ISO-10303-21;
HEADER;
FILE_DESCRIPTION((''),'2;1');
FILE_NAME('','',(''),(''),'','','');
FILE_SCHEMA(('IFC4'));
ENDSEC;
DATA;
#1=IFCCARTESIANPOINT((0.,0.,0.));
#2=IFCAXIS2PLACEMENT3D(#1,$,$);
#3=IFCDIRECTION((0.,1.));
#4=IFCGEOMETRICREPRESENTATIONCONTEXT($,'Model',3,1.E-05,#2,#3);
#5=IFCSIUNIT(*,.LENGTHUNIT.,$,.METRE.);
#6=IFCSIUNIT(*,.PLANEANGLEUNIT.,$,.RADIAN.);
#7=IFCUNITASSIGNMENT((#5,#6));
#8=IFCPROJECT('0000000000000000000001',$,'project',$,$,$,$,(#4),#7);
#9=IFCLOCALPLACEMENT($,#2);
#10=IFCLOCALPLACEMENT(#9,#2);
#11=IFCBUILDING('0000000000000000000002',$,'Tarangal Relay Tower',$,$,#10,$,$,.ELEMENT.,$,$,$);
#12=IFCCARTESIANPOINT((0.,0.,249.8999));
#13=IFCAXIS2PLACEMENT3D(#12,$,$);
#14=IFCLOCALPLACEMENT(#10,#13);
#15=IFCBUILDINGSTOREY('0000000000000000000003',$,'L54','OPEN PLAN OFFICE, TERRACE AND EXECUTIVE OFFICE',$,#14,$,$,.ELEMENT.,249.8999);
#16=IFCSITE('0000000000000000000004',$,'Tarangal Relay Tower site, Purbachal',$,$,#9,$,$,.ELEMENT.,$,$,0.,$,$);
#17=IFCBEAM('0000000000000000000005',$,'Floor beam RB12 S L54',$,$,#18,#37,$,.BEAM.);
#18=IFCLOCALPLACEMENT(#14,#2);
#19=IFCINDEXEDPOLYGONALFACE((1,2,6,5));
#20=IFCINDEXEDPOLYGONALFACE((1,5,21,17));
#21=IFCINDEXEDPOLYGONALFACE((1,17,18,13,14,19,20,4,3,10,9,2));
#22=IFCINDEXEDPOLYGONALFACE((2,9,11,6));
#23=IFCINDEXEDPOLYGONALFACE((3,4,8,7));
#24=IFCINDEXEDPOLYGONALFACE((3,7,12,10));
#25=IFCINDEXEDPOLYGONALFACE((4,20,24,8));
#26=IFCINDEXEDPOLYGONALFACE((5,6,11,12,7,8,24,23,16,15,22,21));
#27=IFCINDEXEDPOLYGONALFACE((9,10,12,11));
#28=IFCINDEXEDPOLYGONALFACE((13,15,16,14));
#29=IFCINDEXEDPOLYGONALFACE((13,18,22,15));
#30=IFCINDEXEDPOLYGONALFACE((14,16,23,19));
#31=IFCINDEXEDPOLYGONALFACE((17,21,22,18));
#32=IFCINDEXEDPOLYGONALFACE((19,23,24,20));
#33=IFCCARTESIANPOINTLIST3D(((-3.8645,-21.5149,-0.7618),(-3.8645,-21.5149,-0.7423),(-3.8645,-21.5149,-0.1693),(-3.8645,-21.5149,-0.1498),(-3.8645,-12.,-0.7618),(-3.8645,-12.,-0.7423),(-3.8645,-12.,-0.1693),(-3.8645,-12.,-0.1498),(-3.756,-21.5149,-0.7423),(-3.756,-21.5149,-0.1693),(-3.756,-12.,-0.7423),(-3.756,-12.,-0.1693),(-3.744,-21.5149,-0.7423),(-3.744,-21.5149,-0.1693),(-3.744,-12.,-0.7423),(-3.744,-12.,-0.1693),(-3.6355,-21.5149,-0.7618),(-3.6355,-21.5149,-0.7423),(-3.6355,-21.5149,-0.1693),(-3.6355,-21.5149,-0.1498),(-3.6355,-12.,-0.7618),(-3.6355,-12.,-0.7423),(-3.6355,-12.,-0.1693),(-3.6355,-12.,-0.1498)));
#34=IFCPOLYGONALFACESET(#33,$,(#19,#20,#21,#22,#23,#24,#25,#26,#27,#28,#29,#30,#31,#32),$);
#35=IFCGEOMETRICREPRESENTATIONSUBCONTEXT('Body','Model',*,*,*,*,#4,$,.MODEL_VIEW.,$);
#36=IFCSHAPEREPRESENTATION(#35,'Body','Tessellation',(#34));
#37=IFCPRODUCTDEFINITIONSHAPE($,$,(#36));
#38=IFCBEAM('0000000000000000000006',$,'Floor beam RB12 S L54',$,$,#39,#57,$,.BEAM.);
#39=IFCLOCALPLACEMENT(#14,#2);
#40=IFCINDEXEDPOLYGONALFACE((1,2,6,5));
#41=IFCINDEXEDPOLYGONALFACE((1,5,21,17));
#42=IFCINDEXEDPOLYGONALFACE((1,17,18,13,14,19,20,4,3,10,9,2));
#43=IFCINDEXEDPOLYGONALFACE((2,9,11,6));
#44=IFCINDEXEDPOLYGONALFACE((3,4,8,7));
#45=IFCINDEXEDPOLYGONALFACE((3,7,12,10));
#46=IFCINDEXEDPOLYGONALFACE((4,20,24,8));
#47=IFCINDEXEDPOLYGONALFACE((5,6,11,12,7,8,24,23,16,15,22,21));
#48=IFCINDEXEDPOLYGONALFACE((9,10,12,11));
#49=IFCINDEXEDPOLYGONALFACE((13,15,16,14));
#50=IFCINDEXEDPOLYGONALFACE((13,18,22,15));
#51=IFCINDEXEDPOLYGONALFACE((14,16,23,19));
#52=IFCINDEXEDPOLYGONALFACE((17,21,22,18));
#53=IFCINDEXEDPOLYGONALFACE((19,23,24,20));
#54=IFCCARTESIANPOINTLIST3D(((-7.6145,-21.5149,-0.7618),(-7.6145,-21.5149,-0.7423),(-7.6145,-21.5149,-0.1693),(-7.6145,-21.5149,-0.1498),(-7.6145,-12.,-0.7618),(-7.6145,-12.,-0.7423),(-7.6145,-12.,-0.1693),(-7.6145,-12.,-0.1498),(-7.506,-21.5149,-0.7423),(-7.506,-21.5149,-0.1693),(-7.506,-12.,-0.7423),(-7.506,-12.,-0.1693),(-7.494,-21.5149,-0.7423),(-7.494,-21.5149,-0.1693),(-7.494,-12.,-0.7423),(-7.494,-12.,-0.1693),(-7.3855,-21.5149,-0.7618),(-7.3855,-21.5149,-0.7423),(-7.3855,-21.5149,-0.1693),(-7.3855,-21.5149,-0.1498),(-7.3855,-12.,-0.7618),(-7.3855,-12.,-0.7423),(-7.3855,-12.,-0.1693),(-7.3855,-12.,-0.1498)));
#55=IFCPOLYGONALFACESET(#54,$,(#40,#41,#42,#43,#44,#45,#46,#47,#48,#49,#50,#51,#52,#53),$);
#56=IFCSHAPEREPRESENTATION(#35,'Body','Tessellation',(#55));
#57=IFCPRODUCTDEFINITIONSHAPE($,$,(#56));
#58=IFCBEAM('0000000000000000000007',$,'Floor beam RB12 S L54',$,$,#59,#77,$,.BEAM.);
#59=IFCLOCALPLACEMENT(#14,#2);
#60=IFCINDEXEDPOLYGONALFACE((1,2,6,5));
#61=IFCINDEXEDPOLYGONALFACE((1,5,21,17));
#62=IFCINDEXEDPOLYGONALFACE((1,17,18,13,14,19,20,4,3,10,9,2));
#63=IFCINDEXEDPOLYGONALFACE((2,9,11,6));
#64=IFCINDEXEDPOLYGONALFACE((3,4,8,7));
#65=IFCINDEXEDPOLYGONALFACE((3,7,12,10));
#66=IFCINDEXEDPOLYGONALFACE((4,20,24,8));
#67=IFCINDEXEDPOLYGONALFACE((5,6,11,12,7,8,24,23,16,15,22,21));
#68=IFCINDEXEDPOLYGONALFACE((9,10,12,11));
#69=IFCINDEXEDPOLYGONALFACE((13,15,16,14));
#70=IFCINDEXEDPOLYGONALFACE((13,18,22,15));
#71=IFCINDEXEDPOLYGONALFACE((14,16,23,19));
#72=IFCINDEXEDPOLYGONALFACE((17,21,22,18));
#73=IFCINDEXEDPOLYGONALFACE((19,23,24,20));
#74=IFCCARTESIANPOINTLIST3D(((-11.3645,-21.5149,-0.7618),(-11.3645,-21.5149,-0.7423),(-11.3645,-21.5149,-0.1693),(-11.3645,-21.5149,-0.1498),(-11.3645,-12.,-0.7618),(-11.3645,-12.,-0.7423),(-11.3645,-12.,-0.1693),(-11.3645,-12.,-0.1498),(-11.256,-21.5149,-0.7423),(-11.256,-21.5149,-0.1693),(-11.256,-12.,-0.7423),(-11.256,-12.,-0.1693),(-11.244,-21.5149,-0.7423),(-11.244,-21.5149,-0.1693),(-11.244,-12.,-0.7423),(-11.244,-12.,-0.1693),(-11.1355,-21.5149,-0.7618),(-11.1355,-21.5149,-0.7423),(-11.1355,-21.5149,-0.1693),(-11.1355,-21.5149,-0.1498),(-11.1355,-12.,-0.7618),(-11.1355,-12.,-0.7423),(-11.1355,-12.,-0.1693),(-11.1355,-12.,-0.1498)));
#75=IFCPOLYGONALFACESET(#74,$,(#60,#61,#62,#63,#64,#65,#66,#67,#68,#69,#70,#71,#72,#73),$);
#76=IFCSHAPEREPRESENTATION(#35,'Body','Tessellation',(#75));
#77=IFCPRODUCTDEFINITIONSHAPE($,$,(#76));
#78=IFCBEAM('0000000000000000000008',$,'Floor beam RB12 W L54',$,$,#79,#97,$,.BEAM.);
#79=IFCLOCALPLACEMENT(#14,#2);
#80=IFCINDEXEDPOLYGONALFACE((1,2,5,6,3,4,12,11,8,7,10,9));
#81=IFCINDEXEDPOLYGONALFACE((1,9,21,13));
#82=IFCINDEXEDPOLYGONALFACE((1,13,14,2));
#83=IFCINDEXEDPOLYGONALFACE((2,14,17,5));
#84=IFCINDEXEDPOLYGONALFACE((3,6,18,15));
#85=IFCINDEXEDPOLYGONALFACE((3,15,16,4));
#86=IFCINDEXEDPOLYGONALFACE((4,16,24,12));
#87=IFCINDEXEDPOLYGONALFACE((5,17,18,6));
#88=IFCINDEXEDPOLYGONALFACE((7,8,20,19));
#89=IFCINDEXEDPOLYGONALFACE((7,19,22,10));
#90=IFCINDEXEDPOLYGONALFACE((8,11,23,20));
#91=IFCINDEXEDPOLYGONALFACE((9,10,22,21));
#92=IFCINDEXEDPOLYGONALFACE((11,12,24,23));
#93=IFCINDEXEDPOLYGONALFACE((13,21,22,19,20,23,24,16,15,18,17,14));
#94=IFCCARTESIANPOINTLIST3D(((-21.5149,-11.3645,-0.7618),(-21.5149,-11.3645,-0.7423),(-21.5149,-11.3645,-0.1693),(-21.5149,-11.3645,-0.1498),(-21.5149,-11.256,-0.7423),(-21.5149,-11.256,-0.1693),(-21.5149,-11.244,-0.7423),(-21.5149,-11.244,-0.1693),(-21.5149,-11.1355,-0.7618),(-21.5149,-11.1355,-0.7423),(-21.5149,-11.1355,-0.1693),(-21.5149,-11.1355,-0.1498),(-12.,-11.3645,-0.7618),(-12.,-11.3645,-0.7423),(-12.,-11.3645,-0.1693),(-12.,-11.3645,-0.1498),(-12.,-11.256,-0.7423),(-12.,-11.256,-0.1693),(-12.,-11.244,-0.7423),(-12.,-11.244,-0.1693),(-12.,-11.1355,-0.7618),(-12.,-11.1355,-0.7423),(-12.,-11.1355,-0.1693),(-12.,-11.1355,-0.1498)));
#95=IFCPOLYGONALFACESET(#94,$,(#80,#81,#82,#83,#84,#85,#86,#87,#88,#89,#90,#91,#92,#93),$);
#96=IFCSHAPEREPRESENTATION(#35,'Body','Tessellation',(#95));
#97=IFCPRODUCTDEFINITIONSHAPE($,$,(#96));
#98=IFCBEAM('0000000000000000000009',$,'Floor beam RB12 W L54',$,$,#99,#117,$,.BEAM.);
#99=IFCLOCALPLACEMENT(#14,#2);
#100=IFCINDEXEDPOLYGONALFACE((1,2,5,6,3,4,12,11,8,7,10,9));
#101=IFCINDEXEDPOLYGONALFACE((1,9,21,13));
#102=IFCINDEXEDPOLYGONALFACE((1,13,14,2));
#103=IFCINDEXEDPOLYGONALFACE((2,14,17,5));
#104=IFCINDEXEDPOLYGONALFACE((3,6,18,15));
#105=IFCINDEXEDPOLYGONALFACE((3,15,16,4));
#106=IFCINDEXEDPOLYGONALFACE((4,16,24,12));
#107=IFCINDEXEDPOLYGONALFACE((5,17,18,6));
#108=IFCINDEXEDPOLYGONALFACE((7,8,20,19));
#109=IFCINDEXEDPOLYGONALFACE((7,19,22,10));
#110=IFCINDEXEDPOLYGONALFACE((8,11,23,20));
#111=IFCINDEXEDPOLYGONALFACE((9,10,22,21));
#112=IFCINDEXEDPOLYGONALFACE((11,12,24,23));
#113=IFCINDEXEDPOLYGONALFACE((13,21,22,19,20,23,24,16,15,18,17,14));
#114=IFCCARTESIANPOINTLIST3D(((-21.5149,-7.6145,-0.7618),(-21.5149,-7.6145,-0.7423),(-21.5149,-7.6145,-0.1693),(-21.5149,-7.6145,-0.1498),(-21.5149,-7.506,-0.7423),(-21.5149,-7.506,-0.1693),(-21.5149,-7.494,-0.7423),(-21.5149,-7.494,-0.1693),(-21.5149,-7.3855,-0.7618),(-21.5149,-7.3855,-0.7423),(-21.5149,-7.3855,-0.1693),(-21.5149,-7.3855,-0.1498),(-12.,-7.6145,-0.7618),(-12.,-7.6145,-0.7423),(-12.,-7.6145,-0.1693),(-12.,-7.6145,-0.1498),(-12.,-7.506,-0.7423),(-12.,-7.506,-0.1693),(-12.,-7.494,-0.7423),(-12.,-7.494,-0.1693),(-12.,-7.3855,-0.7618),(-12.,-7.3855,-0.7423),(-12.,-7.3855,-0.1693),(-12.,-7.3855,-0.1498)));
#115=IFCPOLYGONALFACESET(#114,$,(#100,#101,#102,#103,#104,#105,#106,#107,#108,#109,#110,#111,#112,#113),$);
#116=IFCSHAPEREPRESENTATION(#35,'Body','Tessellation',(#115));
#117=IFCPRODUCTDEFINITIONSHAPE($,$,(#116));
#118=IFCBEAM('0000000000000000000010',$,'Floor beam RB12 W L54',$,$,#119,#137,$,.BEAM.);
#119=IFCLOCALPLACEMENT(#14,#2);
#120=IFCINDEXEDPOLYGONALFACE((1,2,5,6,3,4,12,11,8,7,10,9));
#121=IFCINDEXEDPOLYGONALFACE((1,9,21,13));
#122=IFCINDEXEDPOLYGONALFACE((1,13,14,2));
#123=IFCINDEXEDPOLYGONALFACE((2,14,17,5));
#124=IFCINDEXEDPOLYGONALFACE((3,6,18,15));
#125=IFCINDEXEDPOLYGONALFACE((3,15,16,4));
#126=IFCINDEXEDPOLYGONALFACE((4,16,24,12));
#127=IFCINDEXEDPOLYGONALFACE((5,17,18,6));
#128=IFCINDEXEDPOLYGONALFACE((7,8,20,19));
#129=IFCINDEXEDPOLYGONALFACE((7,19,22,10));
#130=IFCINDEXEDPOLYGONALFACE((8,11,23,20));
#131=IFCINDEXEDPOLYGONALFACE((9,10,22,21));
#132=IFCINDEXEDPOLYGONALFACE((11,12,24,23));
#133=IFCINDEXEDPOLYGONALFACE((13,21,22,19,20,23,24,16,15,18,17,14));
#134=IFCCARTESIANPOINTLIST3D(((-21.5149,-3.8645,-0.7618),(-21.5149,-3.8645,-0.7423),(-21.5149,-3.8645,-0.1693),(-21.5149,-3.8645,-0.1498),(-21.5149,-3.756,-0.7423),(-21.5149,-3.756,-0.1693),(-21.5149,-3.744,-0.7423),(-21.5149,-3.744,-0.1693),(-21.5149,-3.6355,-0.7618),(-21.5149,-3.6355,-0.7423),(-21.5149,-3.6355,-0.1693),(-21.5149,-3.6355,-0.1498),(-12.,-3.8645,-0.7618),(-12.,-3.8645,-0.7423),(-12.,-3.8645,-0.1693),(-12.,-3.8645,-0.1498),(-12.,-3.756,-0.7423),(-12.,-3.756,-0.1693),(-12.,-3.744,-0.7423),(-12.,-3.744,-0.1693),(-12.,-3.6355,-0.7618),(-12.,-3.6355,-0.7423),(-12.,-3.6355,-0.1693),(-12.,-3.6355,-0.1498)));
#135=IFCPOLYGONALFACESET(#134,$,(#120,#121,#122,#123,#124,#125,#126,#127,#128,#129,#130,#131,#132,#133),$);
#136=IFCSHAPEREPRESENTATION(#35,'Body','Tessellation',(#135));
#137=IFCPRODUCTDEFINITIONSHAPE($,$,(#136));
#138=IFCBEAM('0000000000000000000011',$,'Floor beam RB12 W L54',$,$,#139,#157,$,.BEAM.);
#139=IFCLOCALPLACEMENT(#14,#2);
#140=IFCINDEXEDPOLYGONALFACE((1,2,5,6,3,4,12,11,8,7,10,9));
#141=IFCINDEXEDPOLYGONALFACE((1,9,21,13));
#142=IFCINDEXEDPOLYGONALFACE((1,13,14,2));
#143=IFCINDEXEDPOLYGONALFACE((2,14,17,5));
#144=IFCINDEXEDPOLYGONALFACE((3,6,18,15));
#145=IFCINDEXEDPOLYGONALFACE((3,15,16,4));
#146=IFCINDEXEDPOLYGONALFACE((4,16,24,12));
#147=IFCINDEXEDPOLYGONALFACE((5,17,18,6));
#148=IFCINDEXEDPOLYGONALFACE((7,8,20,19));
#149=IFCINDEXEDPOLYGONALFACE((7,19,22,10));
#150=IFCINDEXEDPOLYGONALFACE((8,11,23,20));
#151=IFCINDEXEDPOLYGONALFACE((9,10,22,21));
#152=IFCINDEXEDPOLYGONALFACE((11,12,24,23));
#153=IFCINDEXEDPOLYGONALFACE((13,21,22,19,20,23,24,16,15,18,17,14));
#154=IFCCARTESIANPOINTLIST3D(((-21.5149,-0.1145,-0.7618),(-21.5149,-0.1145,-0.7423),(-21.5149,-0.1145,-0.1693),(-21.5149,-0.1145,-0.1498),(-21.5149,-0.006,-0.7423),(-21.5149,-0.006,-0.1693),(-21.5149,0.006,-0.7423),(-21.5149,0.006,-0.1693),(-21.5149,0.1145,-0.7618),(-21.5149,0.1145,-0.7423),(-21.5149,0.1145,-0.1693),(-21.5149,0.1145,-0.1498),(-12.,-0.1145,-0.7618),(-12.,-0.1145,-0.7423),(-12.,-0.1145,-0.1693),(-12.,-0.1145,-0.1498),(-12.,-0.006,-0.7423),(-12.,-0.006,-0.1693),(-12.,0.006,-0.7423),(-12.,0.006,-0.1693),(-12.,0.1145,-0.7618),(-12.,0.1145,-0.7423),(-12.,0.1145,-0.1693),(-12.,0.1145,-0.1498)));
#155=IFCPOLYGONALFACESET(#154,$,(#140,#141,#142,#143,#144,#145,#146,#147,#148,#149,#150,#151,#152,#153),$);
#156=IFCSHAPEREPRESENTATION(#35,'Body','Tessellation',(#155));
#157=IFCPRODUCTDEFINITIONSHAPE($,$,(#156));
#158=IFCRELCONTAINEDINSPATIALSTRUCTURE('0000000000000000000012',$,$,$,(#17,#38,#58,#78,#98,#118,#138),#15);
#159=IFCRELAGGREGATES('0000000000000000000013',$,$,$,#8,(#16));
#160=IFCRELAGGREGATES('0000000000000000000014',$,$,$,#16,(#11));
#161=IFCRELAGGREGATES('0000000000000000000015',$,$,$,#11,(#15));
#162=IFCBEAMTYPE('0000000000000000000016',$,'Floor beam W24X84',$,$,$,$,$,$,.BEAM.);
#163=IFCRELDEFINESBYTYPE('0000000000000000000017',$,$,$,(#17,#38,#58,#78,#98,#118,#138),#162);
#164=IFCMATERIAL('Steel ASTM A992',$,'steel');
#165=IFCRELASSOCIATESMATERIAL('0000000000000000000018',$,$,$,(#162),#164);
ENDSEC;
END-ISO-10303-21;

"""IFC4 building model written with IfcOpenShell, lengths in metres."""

from ifc_helpers import new_model, si_unit, direction, frame, origin, origin_2d, place, context, subcontext, project, spatial, i_section, extrude, material, material_profile, profile_set, type_object, element, save


model = new_model("IFC4")

# Units and contexts
model_context = context("Model", 3, precision=1e-05, world=origin(), true_north=direction((0.0, 1.0)))
body_context = subcontext(model_context, "Body", "Model", "MODEL_VIEW")
ifc_project = project(units=[si_unit("LENGTHUNIT", "METRE"), si_unit("PLANEANGLEUNIT", "RADIAN")], contexts=[model_context])

# Site, building, storey
site_placement = place(None, origin())
site = spatial("IfcSite", under=ifc_project, at=site_placement, Name="Tarangal Relay Tower site, Purbachal", CompositionType="ELEMENT", RefElevation=0.0)
building_placement = place(site_placement, origin())
building = spatial("IfcBuilding", under=site, at=building_placement, Name="Tarangal Relay Tower", CompositionType="ELEMENT")
storey_placement = place(building_placement, frame((0.0, 0.0, 249.8999)))
storey = spatial("IfcBuildingStorey", under=building, at=storey_placement, Name="L54", Description="OPEN PLAN OFFICE, TERRACE AND EXECUTIVE OFFICE", CompositionType="ELEMENT", Elevation=249.8999)

# Beams
ifc_material_1 = material(Name="Steel ASTM A992", Category="steel")
ifc_material_profile = material_profile(ifc_material_1, i_section(OverallWidth=0.229, OverallDepth=0.6121, WebThickness=0.012, FlangeThickness=0.0195, at=origin_2d()), Name="W24X84")
ifc_profile_set = profile_set([ifc_material_profile], Name="Steel ASTM A992")
beam_type = type_object("IfcBeamType", Name="Floor beam W24X84", PredefinedType="BEAM", material=ifc_profile_set)
for number, where, z_axis, x_axis, name in (
    (1, (-3.75, -12.0, -0.4558), (0.0, -1.0, 0.0), (1.0, 0.0, 0.0), "Floor beam RB12 S L54"),
    (2, (-7.5, -12.0, -0.4558), (0.0, -1.0, 0.0), (1.0, 0.0, 0.0), "Floor beam RB12 S L54"),
    (3, (-11.25, -12.0, -0.4558), (0.0, -1.0, 0.0), (1.0, 0.0, 0.0), "Floor beam RB12 S L54"),
    (4, (-12.0, -11.25, -0.4558), (-1.0, 0.0, 0.0), (0.0, -1.0, 0.0), "Floor beam RB12 W L54"),
    (5, (-12.0, -7.5, -0.4558), (-1.0, 0.0, 0.0), (0.0, -1.0, 0.0), "Floor beam RB12 W L54"),
    (6, (-12.0, -3.75, -0.4558), (-1.0, 0.0, 0.0), (0.0, -1.0, 0.0), "Floor beam RB12 W L54"),
    (7, (-12.0, 0.0, -0.4558), (-1.0, 0.0, 0.0), (0.0, -1.0, 0.0), "Floor beam RB12 W L54"),
):
    element("IfcBeam", number, at=place(storey_placement, frame(where, z_axis=z_axis, x_axis=x_axis)), inside=storey, type_object=beam_type, Name=name, PredefinedType="BEAM", context=body_context, shape_type="SweptSolid", body=[
        extrude(i_section(OverallWidth=0.229, OverallDepth=0.6121, WebThickness=0.012, FlangeThickness=0.0195, at=origin_2d()), origin(), (0.0, 0.0, 1.0), 9.5149),
    ])

save(model, "model.ifc")
